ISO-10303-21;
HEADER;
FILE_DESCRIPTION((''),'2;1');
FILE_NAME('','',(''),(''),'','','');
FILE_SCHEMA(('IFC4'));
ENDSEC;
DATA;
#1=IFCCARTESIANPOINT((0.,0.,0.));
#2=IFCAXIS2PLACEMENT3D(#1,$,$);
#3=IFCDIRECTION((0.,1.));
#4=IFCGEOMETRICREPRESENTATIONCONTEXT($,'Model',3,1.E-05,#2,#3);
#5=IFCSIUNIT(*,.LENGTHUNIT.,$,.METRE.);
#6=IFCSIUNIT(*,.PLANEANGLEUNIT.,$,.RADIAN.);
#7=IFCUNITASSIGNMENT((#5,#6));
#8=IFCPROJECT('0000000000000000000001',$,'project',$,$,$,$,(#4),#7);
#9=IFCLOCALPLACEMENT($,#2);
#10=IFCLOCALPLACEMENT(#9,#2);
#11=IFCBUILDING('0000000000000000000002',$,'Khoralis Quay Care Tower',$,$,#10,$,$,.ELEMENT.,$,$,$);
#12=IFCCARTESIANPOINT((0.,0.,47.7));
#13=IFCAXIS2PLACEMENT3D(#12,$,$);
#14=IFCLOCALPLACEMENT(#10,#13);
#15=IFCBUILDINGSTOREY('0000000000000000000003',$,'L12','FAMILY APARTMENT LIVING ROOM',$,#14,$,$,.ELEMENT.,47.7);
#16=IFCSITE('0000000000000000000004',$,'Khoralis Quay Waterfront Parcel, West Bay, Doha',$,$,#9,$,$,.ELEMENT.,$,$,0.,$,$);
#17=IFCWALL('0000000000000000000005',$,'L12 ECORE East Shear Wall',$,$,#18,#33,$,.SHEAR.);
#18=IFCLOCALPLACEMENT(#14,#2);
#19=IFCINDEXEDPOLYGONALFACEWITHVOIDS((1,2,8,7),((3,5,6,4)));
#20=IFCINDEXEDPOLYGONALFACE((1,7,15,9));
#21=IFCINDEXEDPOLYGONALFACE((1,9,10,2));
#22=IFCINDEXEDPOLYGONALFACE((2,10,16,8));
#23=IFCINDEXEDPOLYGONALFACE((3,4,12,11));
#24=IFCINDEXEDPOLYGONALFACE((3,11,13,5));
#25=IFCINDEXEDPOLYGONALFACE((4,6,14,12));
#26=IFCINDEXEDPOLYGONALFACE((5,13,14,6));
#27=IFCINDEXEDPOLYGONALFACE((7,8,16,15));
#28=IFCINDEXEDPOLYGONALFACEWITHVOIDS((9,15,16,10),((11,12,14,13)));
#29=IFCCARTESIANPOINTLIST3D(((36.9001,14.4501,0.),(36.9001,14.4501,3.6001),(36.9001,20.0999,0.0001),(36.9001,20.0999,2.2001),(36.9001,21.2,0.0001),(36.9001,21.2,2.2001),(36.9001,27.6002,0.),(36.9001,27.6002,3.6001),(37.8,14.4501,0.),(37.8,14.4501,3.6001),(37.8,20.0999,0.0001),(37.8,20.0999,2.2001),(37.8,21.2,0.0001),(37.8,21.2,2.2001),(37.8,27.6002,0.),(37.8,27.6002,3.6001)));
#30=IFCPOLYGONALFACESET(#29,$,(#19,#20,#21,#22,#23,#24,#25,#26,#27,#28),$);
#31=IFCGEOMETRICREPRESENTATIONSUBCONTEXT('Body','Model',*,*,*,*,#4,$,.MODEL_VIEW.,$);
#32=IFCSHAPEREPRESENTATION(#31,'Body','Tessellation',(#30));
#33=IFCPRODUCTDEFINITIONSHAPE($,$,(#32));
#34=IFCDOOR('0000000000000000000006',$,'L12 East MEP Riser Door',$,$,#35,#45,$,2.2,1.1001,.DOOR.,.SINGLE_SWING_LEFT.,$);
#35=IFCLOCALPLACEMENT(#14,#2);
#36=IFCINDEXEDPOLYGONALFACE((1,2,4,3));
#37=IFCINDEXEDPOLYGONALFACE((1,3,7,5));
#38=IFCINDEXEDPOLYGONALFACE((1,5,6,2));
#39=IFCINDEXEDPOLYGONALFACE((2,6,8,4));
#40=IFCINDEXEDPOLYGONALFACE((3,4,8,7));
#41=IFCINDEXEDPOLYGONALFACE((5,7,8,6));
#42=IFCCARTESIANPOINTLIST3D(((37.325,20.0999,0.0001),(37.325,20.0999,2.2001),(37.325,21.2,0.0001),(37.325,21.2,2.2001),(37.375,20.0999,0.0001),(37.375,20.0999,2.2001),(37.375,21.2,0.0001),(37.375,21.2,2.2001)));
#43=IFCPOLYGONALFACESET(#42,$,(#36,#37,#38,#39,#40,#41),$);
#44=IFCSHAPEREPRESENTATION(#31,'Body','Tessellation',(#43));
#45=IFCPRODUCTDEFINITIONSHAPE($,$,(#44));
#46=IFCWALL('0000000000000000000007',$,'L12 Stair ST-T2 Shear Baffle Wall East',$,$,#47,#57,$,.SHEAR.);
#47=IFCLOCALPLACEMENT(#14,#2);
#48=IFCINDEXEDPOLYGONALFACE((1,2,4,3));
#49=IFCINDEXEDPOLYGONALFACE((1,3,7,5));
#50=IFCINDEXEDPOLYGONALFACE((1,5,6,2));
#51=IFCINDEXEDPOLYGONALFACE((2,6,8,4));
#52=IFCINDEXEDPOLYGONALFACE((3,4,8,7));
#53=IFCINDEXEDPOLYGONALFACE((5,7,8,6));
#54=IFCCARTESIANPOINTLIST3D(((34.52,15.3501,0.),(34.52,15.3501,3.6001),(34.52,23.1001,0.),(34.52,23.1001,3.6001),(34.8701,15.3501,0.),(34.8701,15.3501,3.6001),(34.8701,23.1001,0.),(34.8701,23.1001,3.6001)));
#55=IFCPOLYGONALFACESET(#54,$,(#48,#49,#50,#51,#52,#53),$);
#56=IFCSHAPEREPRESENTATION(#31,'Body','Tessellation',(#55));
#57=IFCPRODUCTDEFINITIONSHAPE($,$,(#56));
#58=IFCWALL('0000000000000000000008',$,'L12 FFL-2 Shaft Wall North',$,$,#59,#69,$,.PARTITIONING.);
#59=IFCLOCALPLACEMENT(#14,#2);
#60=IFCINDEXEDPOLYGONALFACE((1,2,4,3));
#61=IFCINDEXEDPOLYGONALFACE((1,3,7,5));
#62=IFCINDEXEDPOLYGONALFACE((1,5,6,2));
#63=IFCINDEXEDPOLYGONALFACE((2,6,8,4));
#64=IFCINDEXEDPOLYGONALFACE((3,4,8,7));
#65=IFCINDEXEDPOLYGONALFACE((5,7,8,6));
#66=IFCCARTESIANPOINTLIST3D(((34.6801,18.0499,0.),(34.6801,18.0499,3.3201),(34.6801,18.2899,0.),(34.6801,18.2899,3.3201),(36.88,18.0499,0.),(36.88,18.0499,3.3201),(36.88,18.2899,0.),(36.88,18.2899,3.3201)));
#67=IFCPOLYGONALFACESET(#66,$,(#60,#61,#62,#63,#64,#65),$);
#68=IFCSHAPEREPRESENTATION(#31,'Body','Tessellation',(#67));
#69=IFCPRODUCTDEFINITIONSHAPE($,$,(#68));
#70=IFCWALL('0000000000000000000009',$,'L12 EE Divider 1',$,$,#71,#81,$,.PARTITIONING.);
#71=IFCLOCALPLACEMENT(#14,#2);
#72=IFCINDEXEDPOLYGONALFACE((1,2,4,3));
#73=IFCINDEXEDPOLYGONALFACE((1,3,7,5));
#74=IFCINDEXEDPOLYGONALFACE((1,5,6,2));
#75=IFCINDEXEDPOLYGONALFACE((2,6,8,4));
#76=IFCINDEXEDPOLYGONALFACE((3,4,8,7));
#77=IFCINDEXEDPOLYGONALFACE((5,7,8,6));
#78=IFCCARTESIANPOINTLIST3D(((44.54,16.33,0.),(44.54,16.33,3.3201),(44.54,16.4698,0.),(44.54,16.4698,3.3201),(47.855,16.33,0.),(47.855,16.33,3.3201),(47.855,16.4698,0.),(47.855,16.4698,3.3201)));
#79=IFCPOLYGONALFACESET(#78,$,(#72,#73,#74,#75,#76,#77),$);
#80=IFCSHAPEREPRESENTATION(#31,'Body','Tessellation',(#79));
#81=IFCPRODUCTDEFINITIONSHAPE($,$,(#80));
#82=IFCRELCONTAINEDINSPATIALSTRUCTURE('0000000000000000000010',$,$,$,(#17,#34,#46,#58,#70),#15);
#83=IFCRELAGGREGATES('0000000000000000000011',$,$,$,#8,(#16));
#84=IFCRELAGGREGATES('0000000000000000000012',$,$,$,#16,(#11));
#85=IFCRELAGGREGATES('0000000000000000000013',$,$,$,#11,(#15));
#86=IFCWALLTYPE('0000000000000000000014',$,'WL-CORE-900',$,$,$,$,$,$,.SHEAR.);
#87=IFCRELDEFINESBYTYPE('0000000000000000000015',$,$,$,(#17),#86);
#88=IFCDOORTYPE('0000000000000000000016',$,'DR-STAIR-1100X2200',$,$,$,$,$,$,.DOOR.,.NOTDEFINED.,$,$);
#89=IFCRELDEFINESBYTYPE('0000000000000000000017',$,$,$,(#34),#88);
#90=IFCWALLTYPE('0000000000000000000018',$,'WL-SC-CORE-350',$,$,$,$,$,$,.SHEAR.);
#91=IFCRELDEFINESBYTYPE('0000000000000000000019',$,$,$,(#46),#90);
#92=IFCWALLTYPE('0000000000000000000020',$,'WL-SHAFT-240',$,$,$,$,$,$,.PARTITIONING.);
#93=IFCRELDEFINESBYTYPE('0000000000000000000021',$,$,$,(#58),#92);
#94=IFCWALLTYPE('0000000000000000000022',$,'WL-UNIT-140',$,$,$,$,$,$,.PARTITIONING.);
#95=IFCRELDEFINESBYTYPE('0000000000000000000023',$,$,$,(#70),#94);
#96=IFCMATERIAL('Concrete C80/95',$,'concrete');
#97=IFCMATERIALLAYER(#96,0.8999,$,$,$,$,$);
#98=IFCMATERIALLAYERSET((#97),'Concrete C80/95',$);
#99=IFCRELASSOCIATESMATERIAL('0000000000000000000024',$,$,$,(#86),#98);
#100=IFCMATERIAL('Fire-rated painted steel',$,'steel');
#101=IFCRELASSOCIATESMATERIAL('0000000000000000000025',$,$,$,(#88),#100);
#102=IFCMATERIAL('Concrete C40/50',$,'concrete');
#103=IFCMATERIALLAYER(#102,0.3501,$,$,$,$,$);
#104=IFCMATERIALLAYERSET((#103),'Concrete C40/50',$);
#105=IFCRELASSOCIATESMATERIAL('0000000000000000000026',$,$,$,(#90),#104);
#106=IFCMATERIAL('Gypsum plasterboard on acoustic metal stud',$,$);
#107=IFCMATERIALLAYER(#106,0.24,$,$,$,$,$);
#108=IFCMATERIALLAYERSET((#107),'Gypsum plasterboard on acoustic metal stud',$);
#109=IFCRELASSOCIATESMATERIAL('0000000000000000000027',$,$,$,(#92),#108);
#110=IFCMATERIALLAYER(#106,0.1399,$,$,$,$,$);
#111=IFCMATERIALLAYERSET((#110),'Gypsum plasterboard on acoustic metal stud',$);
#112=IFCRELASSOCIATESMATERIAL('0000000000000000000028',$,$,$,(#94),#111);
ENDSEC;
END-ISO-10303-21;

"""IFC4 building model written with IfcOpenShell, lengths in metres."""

from ifc_helpers import new_model, si_unit, direction, frame, frame_2d, origin, place, context, subcontext, project, spatial, rectangle, extrude, source, transform, mapped, material, layer, layer_set, type_object, element, fill, save


model = new_model("IFC4")

# Units and contexts
model_context = context("Model", 3, precision=1e-05, world=origin(), true_north=direction((0.0, 1.0)))
body_context = subcontext(model_context, "Body", "Model", "MODEL_VIEW")
ifc_project = project(units=[si_unit("LENGTHUNIT", "METRE"), si_unit("PLANEANGLEUNIT", "RADIAN")], contexts=[model_context])

# Site, building, storey
site_placement = place(None, origin())
site = spatial("IfcSite", under=ifc_project, at=site_placement, Name="Khoralis Quay Waterfront Parcel, West Bay, Doha", CompositionType="ELEMENT", RefElevation=0.0)
building_placement = place(site_placement, origin())
building = spatial("IfcBuilding", under=site, at=building_placement, Name="Khoralis Quay Care Tower", CompositionType="ELEMENT")
storey_placement = place(building_placement, frame((0.0, 0.0, 47.7)))
storey = spatial("IfcBuildingStorey", under=building, at=storey_placement, Name="L12", Description="FAMILY APARTMENT LIVING ROOM", CompositionType="ELEMENT", Elevation=47.7)

# Shared definitions
ifc_material_1 = material(Name="Concrete C80/95", Category="concrete")

# Wall, opening, door
ifc_layer_1 = layer(ifc_material_1, 0.8999)
ifc_layer_set_1 = layer_set([ifc_layer_1], Name="Concrete C80/95")
wall_type_1 = type_object("IfcWallType", Name="WL-CORE-900", PredefinedType="SHEAR", material=ifc_layer_set_1)
wall_1_placement = place(storey_placement, frame((37.3501, 14.45, 0.0), z_axis=(0.0, 0.0, 1.0), x_axis=(0.0, 1.0, 0.0)))
wall_1 = element("IfcWall", 1, at=wall_1_placement, inside=storey, type_object=wall_type_1, Name="L12 ECORE East Shear Wall", PredefinedType="SHEAR", context=body_context, shape_type="SweptSolid", body=[
    extrude(rectangle(XDim=13.1501, YDim=0.8999, at=frame_2d((6.5752, 0.0))), origin(), (0.0, 0.0, 1.0), 3.6001),
])
opening_placement = place(wall_1_placement, frame((5.6499, 0.0, 0.0)))
opening = element("IfcOpeningElement", 2, at=opening_placement, cuts=wall_1, PredefinedType="OPENING", context=body_context, shape_type="SweptSolid", body=[
    extrude(rectangle(XDim=1.1001, YDim=2.2, at=frame_2d((0.55, 1.1001))), frame((0.0, 0.46, 0.0), z_axis=(0.0, -1.0, 0.0), x_axis=(1.0, 0.0, 0.0)), (0.0, 0.0, 1.0), 0.9199),
])
ifc_material_2 = material(Name="Fire-rated painted steel", Category="steel")
door_type = type_object("IfcDoorType", Name="DR-STAIR-1100X2200", OperationType="NOTDEFINED", PredefinedType="DOOR", material=ifc_material_2)
shared_shape_1 = source(origin(), body_context, "Body", "SweptSolid", [
    extrude(rectangle(XDim=1.1001, YDim=2.2, at=frame_2d((0.55, 1.1001))), frame((0.0, 0.0249, 0.0), z_axis=(0.0, -1.0, 0.0), x_axis=(1.0, 0.0, 0.0)), (0.0, 0.0, 1.0), 0.05),
])
door_placement = place(opening_placement, frame((1.1001, 0.0, 0.0), z_axis=(0.0, 0.0, 1.0), x_axis=(-1.0, 0.0, 0.0)))
door = element("IfcDoor", 3, at=door_placement, inside=storey, type_object=door_type, Name="L12 East MEP Riser Door", OperationType="SINGLE_SWING_LEFT", OverallHeight=2.2, OverallWidth=1.1001, PredefinedType="DOOR", context=body_context, shape_type="MappedRepresentation", body=[
    mapped(shared_shape_1, transform((0.0, 0.0, 0.0), scale=1.0)),
])
fill(opening, door)

# Walls
ifc_material_3 = material(Name="Concrete C40/50", Category="concrete")
ifc_layer_2 = layer(ifc_material_3, 0.3501)
ifc_layer_set_2 = layer_set([ifc_layer_2], Name="Concrete C40/50")
wall_type_2 = type_object("IfcWallType", Name="WL-SC-CORE-350", PredefinedType="SHEAR", material=ifc_layer_set_2)
wall_2_placement = place(storey_placement, frame((34.6951, 15.3501, 0.0), z_axis=(0.0, 0.0, 1.0), x_axis=(0.0, 1.0, 0.0)))
element("IfcWall", 4, at=wall_2_placement, inside=storey, type_object=wall_type_2, Name="L12 Stair ST-T2 Shear Baffle Wall East", PredefinedType="SHEAR", context=body_context, shape_type="SweptSolid", body=[
    extrude(rectangle(XDim=7.75, YDim=0.3501, at=frame_2d((3.875, 0.0))), origin(), (0.0, 0.0, 1.0), 3.6001),
])
ifc_material_4 = material(Name="Gypsum plasterboard on acoustic metal stud")
ifc_layer_3 = layer(ifc_material_4, 0.24)
ifc_layer_set_3 = layer_set([ifc_layer_3], Name="Gypsum plasterboard on acoustic metal stud")
wall_type_3 = type_object("IfcWallType", Name="WL-SHAFT-240", PredefinedType="PARTITIONING", material=ifc_layer_set_3)
wall_3_placement = place(storey_placement, frame((34.6799, 18.1699, 0.0), z_axis=(0.0, 0.0, 1.0), x_axis=(1.0, 0.0, 0.0)))
element("IfcWall", 5, at=wall_3_placement, inside=storey, type_object=wall_type_3, Name="L12 FFL-2 Shaft Wall North", PredefinedType="PARTITIONING", context=body_context, shape_type="SweptSolid", body=[
    extrude(rectangle(XDim=2.2, YDim=0.24, at=frame_2d((1.1001, 0.0))), origin(), (0.0, 0.0, 1.0), 3.3201),
])
ifc_layer_4 = layer(ifc_material_4, 0.1399)
ifc_layer_set_4 = layer_set([ifc_layer_4], Name="Gypsum plasterboard on acoustic metal stud")
wall_type_4 = type_object("IfcWallType", Name="WL-UNIT-140", PredefinedType="PARTITIONING", material=ifc_layer_set_4)
wall_4_placement = place(storey_placement, frame((44.54, 16.3999, 0.0), z_axis=(0.0, 0.0, 1.0), x_axis=(1.0, 0.0, 0.0)))
element("IfcWall", 6, at=wall_4_placement, inside=storey, type_object=wall_type_4, Name="L12 EE Divider 1", PredefinedType="PARTITIONING", context=body_context, shape_type="SweptSolid", body=[
    extrude(rectangle(XDim=3.3149, YDim=0.1399, at=frame_2d((1.6575, 0.0))), origin(), (0.0, 0.0, 1.0), 3.3201),
])

save(model, "model.ifc")
